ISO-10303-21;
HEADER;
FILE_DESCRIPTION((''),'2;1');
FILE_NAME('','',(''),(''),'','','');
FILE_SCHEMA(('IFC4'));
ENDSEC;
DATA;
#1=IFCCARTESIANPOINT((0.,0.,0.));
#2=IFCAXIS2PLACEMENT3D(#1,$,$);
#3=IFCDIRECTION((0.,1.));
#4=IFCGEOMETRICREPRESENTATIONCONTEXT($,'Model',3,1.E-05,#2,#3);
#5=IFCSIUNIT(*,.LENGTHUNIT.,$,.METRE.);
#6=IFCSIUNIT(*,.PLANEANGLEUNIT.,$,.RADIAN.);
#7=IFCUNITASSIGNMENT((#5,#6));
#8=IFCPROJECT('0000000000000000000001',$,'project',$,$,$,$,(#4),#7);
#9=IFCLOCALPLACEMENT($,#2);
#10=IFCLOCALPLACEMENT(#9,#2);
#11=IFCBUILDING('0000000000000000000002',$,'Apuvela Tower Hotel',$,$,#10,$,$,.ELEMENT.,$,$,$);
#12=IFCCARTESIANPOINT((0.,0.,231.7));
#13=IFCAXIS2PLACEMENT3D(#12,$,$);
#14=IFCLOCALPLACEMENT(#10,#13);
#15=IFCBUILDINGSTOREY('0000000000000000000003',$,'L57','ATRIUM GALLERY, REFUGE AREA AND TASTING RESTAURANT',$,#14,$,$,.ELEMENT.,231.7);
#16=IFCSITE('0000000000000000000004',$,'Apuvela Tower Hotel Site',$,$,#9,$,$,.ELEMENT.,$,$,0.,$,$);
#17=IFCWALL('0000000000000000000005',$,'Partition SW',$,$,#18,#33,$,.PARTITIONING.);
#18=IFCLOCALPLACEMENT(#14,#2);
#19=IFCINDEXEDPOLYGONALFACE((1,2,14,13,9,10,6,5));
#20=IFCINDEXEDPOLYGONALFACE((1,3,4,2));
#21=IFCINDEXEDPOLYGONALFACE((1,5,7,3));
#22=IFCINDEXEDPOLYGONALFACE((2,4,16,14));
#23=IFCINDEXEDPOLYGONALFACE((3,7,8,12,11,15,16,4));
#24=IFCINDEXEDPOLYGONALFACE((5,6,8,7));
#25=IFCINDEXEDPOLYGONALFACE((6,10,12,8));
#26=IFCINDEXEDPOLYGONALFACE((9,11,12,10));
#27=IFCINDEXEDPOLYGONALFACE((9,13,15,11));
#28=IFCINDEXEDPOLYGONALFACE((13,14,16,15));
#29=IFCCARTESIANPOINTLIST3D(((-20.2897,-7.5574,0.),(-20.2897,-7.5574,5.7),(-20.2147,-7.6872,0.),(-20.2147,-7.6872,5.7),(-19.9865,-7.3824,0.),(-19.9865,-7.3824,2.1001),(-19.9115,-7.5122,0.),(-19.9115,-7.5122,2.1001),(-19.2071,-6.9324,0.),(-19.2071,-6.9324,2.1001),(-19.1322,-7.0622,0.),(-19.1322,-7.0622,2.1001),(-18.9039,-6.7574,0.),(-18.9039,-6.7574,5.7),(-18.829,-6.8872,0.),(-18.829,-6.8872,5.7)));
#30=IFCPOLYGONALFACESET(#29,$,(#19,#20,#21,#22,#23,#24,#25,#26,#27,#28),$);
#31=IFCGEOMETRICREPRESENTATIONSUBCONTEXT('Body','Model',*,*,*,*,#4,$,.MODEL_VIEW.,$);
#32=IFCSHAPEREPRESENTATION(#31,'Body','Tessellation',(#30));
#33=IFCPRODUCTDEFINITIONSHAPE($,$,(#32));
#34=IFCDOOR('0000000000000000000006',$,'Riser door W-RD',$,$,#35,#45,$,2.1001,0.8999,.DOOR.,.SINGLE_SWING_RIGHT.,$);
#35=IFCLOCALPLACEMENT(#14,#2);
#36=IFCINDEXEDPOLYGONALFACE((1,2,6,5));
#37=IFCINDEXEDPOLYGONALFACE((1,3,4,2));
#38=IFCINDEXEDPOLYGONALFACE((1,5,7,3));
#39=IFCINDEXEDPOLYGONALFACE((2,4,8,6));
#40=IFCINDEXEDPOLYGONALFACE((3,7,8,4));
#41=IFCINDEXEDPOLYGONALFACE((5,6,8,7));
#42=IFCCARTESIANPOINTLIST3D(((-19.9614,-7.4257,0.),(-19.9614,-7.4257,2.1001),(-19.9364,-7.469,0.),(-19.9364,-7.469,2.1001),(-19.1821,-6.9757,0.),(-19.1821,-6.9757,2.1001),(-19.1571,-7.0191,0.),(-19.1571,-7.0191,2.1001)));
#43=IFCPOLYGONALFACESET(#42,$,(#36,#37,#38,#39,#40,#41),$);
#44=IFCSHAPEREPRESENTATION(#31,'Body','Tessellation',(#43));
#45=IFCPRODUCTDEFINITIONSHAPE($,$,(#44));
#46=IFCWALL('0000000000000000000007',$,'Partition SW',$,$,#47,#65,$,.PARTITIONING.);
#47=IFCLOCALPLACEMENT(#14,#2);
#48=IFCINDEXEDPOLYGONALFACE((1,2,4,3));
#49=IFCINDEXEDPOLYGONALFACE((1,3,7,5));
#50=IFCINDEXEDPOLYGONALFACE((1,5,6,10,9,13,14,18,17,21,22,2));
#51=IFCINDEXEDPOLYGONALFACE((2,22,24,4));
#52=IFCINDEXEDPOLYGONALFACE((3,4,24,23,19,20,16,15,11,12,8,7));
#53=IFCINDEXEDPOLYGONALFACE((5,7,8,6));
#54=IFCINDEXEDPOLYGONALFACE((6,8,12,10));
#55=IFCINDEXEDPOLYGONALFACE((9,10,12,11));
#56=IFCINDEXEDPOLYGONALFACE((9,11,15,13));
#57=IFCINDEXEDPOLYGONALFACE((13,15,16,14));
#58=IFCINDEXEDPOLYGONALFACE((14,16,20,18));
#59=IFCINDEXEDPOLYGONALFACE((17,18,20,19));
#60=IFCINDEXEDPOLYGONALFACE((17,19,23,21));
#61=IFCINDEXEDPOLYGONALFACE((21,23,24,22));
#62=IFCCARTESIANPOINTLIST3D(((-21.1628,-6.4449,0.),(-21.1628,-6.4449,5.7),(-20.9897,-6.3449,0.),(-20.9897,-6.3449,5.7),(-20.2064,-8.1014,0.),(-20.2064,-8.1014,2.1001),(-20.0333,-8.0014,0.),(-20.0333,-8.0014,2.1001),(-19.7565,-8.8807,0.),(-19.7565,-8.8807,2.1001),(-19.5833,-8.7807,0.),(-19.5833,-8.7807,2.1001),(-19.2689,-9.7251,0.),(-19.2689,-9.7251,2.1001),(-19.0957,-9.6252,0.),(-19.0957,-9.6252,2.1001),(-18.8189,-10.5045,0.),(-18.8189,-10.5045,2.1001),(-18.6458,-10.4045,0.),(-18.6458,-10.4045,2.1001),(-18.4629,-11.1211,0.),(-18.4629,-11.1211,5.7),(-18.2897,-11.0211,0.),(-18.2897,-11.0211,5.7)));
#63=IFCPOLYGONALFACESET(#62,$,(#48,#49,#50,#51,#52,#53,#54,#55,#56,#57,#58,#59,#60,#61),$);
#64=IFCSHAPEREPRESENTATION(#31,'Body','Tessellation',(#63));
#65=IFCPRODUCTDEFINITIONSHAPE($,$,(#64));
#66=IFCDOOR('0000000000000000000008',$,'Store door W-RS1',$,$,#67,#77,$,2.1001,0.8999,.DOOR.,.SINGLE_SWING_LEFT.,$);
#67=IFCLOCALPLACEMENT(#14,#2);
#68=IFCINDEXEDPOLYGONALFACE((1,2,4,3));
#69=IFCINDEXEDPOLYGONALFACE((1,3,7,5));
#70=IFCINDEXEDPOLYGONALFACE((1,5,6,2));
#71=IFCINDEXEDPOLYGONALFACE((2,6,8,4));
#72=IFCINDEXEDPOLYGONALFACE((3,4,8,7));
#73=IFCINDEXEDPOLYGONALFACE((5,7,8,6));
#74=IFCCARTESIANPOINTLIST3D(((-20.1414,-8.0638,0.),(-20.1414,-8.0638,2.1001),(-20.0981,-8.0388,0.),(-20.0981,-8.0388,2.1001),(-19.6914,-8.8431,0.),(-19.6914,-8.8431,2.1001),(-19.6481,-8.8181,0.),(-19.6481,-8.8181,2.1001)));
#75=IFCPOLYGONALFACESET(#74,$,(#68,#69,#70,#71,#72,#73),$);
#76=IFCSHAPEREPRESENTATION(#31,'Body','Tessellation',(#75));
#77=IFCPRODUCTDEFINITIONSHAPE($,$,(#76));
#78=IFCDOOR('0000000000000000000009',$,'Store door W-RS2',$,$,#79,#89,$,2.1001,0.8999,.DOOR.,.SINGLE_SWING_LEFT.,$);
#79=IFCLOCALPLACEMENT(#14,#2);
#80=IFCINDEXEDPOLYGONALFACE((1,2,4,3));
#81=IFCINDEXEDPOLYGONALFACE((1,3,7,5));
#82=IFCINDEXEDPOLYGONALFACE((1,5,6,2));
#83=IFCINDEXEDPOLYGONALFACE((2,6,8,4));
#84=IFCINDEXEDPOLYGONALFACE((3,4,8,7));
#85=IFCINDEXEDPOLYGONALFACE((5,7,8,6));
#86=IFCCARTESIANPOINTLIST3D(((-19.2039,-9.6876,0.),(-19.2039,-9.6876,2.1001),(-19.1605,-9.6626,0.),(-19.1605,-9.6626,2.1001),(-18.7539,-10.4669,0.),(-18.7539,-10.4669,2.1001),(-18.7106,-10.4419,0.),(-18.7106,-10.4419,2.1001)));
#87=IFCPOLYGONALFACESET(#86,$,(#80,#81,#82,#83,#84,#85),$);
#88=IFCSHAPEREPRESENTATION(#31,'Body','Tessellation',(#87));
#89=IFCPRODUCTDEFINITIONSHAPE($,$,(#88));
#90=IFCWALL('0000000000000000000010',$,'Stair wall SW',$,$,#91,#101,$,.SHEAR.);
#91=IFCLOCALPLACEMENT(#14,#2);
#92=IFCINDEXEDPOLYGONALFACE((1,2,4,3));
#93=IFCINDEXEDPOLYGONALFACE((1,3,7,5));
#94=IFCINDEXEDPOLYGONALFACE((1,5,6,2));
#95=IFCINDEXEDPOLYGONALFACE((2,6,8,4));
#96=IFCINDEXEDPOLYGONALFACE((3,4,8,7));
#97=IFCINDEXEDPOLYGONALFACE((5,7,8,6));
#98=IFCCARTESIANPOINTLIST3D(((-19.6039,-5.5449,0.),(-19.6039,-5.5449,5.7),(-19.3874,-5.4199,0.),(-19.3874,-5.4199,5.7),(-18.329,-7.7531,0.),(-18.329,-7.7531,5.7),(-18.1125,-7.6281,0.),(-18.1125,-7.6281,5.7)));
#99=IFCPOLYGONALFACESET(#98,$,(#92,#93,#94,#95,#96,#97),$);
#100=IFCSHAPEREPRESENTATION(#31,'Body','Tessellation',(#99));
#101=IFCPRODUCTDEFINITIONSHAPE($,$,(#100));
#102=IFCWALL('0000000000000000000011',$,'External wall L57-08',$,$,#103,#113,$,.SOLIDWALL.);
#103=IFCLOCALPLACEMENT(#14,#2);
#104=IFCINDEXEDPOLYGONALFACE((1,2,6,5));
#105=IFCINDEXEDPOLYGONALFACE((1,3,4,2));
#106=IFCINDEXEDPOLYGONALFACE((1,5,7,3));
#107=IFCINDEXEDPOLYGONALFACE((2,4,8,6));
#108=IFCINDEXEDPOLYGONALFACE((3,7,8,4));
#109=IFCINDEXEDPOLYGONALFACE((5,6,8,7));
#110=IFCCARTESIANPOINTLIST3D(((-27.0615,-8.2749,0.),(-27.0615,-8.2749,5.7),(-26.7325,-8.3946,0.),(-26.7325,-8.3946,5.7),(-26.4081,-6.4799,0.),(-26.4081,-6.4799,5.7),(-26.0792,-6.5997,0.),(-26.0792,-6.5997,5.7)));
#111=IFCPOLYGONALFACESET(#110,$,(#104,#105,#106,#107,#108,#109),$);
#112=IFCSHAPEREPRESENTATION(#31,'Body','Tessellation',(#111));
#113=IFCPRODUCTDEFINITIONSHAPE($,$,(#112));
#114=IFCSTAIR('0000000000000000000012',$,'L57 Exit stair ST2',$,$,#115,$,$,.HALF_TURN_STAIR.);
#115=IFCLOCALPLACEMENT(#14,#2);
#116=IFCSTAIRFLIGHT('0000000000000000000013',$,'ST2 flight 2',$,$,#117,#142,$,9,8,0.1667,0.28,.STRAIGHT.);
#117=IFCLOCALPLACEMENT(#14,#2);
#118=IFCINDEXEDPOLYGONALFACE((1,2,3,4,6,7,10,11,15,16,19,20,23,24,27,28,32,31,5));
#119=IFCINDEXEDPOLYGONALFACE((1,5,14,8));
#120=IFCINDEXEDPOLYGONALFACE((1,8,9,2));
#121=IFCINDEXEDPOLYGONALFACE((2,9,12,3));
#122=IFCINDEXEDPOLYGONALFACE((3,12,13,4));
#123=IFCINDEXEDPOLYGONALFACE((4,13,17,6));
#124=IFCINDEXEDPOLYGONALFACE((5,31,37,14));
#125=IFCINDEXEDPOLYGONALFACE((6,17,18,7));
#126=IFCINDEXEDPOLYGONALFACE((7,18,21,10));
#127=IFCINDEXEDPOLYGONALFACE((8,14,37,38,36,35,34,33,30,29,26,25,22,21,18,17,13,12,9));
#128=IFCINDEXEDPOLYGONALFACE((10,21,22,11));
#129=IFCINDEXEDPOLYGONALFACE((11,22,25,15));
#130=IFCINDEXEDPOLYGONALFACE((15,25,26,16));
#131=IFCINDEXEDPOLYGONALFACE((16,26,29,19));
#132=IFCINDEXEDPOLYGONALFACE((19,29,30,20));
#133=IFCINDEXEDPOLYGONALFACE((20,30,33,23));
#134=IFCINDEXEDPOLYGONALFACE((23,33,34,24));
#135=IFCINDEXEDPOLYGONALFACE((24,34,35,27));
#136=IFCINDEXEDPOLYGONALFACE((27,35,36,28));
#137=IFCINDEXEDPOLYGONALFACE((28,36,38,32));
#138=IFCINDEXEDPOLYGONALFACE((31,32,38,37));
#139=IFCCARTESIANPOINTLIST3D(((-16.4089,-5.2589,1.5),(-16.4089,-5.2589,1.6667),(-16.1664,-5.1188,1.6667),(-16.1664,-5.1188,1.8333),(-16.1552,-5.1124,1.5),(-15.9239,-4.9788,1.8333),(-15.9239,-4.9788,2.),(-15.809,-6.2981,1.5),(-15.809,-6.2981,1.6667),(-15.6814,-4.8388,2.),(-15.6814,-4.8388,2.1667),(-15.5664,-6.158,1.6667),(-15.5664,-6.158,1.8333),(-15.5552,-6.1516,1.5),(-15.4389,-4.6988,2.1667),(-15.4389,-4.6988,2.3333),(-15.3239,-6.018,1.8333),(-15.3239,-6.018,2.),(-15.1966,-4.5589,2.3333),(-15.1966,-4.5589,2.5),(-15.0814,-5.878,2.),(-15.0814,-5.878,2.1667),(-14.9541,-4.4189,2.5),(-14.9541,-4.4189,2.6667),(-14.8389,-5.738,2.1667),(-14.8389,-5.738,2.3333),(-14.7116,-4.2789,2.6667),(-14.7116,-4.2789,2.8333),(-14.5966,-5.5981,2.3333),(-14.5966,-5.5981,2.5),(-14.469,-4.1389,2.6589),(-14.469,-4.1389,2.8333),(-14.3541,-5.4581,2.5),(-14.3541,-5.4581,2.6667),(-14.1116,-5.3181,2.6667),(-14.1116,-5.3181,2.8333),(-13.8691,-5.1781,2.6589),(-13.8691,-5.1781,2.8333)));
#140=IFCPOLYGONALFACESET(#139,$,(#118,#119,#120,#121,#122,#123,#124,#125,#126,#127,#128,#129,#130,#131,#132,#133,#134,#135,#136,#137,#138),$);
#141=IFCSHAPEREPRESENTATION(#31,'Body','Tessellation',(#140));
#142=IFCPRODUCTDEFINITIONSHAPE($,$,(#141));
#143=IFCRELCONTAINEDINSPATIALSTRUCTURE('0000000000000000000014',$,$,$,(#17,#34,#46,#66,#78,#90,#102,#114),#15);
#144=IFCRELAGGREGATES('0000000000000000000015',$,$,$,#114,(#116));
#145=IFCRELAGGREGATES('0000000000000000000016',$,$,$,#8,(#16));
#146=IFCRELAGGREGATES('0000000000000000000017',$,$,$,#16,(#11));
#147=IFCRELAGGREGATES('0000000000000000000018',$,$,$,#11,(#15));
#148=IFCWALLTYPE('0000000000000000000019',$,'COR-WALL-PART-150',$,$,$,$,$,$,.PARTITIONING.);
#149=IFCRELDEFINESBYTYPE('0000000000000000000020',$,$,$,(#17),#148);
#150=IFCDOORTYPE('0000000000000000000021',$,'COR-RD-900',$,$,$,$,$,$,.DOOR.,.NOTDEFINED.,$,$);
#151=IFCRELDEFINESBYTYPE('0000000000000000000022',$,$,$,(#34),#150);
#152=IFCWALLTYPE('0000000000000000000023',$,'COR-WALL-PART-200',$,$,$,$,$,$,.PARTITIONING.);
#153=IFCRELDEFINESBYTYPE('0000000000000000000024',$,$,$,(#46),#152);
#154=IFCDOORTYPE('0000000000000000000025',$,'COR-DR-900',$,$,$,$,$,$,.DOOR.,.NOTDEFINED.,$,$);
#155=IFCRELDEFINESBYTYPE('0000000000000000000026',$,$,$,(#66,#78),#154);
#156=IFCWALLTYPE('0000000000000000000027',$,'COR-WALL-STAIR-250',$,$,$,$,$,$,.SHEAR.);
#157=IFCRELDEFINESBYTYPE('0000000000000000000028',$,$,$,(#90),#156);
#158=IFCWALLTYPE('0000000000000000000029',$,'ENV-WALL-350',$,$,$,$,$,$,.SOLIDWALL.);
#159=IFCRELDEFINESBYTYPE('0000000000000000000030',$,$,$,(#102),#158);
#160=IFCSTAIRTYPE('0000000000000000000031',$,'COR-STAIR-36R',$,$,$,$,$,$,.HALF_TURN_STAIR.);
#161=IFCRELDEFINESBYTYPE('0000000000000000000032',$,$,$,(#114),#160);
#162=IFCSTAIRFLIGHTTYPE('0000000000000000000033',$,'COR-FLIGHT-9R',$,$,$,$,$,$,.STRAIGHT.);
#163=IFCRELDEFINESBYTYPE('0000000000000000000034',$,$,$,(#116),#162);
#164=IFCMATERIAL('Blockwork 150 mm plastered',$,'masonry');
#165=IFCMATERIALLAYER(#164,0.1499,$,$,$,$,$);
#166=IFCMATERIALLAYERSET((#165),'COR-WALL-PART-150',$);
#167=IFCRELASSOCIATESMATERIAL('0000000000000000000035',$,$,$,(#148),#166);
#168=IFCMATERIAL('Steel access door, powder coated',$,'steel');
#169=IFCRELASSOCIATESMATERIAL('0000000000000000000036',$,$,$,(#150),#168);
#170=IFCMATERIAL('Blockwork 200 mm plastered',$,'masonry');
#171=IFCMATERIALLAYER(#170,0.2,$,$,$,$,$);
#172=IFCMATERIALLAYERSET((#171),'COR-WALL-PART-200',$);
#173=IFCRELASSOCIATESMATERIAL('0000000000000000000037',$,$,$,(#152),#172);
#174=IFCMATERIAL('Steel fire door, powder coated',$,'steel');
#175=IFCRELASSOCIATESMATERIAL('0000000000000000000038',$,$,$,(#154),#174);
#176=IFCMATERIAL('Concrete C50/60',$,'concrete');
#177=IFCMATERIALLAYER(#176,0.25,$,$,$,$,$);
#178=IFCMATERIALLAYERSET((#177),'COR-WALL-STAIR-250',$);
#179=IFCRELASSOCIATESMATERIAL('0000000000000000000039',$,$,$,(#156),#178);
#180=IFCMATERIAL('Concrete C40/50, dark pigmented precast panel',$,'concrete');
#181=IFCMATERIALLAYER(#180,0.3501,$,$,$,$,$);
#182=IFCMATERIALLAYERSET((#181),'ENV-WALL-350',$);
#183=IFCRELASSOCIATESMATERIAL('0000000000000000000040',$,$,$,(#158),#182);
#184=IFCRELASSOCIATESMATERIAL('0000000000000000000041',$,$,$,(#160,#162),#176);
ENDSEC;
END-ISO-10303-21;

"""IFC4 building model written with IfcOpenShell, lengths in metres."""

from ifc_helpers import new_model, si_unit, direction, frame, frame_2d, origin, place, context, subcontext, project, spatial, polyline, rectangle, outline, extrude, material, layer, layer_set, type_object, element, fill, aggregate, save


model = new_model("IFC4")

# Units and contexts
model_context = context("Model", 3, precision=1e-05, world=origin(), true_north=direction((0.0, 1.0)))
body_context = subcontext(model_context, "Body", "Model", "MODEL_VIEW")
ifc_project = project(units=[si_unit("LENGTHUNIT", "METRE"), si_unit("PLANEANGLEUNIT", "RADIAN")], contexts=[model_context])

# Site, building, storey
site_placement = place(None, origin())
site = spatial("IfcSite", under=ifc_project, at=site_placement, Name="Apuvela Tower Hotel Site", CompositionType="ELEMENT", RefElevation=0.0)
building_placement = place(site_placement, origin())
building = spatial("IfcBuilding", under=site, at=building_placement, Name="Apuvela Tower Hotel", CompositionType="ELEMENT")
storey_placement = place(building_placement, frame((0.0, 0.0, 231.7)))
storey = spatial("IfcBuildingStorey", under=building, at=storey_placement, Name="L57", Description="ATRIUM GALLERY, REFUGE AREA AND TASTING RESTAURANT", CompositionType="ELEMENT", Elevation=231.7)

# Shared definitions
ifc_material_1 = material(Name="Concrete C50/60", Category="concrete")

# Wall, opening, door
ifc_material_2 = material(Name="Blockwork 150 mm plastered", Category="masonry")
ifc_layer_1 = layer(ifc_material_2, 0.1499)
ifc_layer_set_1 = layer_set([ifc_layer_1], Name="COR-WALL-PART-150")
wall_type_1 = type_object("IfcWallType", Name="COR-WALL-PART-150", PredefinedType="PARTITIONING", material=ifc_layer_set_1)
wall_1_placement = place(storey_placement, frame((-18.8665, -6.8223, 0.0), z_axis=(0.0, 0.0, 1.0), x_axis=(-0.866028, -0.499995, 0.0)))
wall_1 = element("IfcWall", 1, at=wall_1_placement, inside=storey, type_object=wall_type_1, Name="Partition SW", PredefinedType="PARTITIONING", context=body_context, shape_type="SweptSolid", body=[
    extrude(rectangle(XDim=1.6001, YDim=0.1499, at=frame_2d((0.8, 0.0))), origin(), (0.0, 0.0, 1.0), 5.7),
])
opening_1_placement = place(wall_1_placement, frame((0.3501, 0.0, 0.0)))
opening_1 = element("IfcOpeningElement", 2, at=opening_1_placement, cuts=wall_1, PredefinedType="OPENING", context=body_context, shape_type="SweptSolid", body=[
    extrude(rectangle(XDim=0.8999, YDim=2.1001, at=frame_2d((0.45, 1.05))), frame((0.0, 0.085, 0.0), z_axis=(0.0, -1.0, 0.0), x_axis=(1.0, 0.0, 0.0)), (0.0, 0.0, 1.0), 0.1699),
])
ifc_material_3 = material(Name="Steel access door, powder coated", Category="steel")
door_type_1 = type_object("IfcDoorType", Name="COR-RD-900", OperationType="NOTDEFINED", PredefinedType="DOOR", material=ifc_material_3)
door_1_placement = place(opening_1_placement, frame((0.8999, 0.0, 0.0), z_axis=(0.0, 0.0, 1.0), x_axis=(-1.0, 0.0, 0.0)))
door_1 = element("IfcDoor", 3, at=door_1_placement, inside=storey, type_object=door_type_1, Name="Riser door W-RD", OperationType="SINGLE_SWING_RIGHT", OverallHeight=2.1001, OverallWidth=0.8999, PredefinedType="DOOR", context=body_context, shape_type="SweptSolid", body=[
    extrude(rectangle(XDim=0.8999, YDim=2.1001, at=frame_2d((0.45, 1.05))), frame((0.0, 0.0249, 0.0), z_axis=(0.0, -1.0, 0.0), x_axis=(1.0, 0.0, 0.0)), (0.0, 0.0, 1.0), 0.05),
])
fill(opening_1, door_1)

# Wall, openings, doors
ifc_material_4 = material(Name="Blockwork 200 mm plastered", Category="masonry")
ifc_layer_2 = layer(ifc_material_4, 0.2)
ifc_layer_set_2 = layer_set([ifc_layer_2], Name="COR-WALL-PART-200")
wall_type_2 = type_object("IfcWallType", Name="COR-WALL-PART-200", PredefinedType="PARTITIONING", material=ifc_layer_set_2)
wall_2_placement = place(storey_placement, frame((-21.0762, -6.395, 0.0), z_axis=(0.0, 0.0, 1.0), x_axis=(0.500015, -0.866017, 0.0)))
wall_2 = element("IfcWall", 4, at=wall_2_placement, inside=storey, type_object=wall_type_2, Name="Partition SW", PredefinedType="PARTITIONING", context=body_context, shape_type="SweptSolid", body=[
    extrude(rectangle(XDim=5.3997, YDim=0.2, at=frame_2d((2.6997, 0.0))), origin(), (0.0, 0.0, 1.0), 5.7),
])
opening_2_placement = place(wall_2_placement, frame((1.9126, 0.0, 0.0)))
opening_2 = element("IfcOpeningElement", 5, at=opening_2_placement, cuts=wall_2, PredefinedType="OPENING", context=body_context, shape_type="SweptSolid", body=[
    extrude(rectangle(XDim=0.8999, YDim=2.1001, at=frame_2d((0.45, 1.05))), frame((0.0, 0.1099, 0.0), z_axis=(0.0, -1.0, 0.0), x_axis=(1.0, 0.0, 0.0)), (0.0, 0.0, 1.0), 0.22),
])
opening_3_placement = place(wall_2_placement, frame((3.7876, 0.0, 0.0)))
opening_3 = element("IfcOpeningElement", 6, at=opening_3_placement, cuts=wall_2, PredefinedType="OPENING", context=body_context, shape_type="SweptSolid", body=[
    extrude(rectangle(XDim=0.8999, YDim=2.1001, at=frame_2d((0.45, 1.05))), frame((0.0, 0.1099, 0.0), z_axis=(0.0, -1.0, 0.0), x_axis=(1.0, 0.0, 0.0)), (0.0, 0.0, 1.0), 0.22),
])
ifc_material_5 = material(Name="Steel fire door, powder coated", Category="steel")
door_type_2 = type_object("IfcDoorType", Name="COR-DR-900", OperationType="NOTDEFINED", PredefinedType="DOOR", material=ifc_material_5)
door_2_placement = place(opening_2_placement, frame((0.8999, 0.0, 0.0), z_axis=(0.0, 0.0, 1.0), x_axis=(-1.0, 0.0, 0.0)))
door_2 = element("IfcDoor", 7, at=door_2_placement, inside=storey, type_object=door_type_2, Name="Store door W-RS1", OperationType="SINGLE_SWING_LEFT", OverallHeight=2.1001, OverallWidth=0.8999, PredefinedType="DOOR", context=body_context, shape_type="SweptSolid", body=[
    extrude(rectangle(XDim=0.8999, YDim=2.1001, at=frame_2d((0.45, 1.05))), frame((0.0, 0.0249, 0.0), z_axis=(0.0, -1.0, 0.0), x_axis=(1.0, 0.0, 0.0)), (0.0, 0.0, 1.0), 0.05),
])
fill(opening_2, door_2)
door_3_placement = place(opening_3_placement, frame((0.8999, 0.0, 0.0), z_axis=(0.0, 0.0, 1.0), x_axis=(-1.0, 0.0, 0.0)))
door_3 = element("IfcDoor", 8, at=door_3_placement, inside=storey, type_object=door_type_2, Name="Store door W-RS2", OperationType="SINGLE_SWING_LEFT", OverallHeight=2.1001, OverallWidth=0.8999, PredefinedType="DOOR", context=body_context, shape_type="SweptSolid", body=[
    extrude(rectangle(XDim=0.8999, YDim=2.1001, at=frame_2d((0.45, 1.05))), frame((0.0, 0.0249, 0.0), z_axis=(0.0, -1.0, 0.0), x_axis=(1.0, 0.0, 0.0)), (0.0, 0.0, 1.0), 0.05),
])
fill(opening_3, door_3)

# Walls
ifc_layer_3 = layer(ifc_material_1, 0.25)
ifc_layer_set_3 = layer_set([ifc_layer_3], Name="COR-WALL-STAIR-250")
wall_type_3 = type_object("IfcWallType", Name="COR-WALL-STAIR-250", PredefinedType="SHEAR", material=ifc_layer_set_3)
wall_3_placement = place(storey_placement, frame((-19.4956, -5.4824, 0.0), z_axis=(0.0, 0.0, 1.0), x_axis=(0.49999, -0.866031, 0.0)))
element("IfcWall", 9, at=wall_3_placement, inside=storey, type_object=wall_type_3, Name="Stair wall SW", PredefinedType="SHEAR", context=body_context, shape_type="SweptSolid", body=[
    extrude(rectangle(XDim=2.5498, YDim=0.25, at=frame_2d((1.2749, 0.0))), origin(), (0.0, 0.0, 1.0), 5.7),
])
ifc_material_6 = material(Name="Concrete C40/50, dark pigmented precast panel", Category="concrete")
ifc_layer_4 = layer(ifc_material_6, 0.3501)
ifc_layer_set_4 = layer_set([ifc_layer_4], Name="ENV-WALL-350")
wall_type_4 = type_object("IfcWallType", Name="ENV-WALL-350", PredefinedType="SOLIDWALL", material=ifc_layer_set_4)
wall_4_placement = place(storey_placement, frame((-26.2437, -6.5398, 0.0), z_axis=(0.0, 0.0, 1.0), x_axis=(-0.34203, -0.939689, 0.0)))
element("IfcWall", 10, at=wall_4_placement, inside=storey, type_object=wall_type_4, Name="External wall L57-08", PredefinedType="SOLIDWALL", context=body_context, shape_type="SweptSolid", body=[
    extrude(rectangle(XDim=1.9102, YDim=0.3501, at=frame_2d((0.9551, 0.0))), origin(), (0.0, 0.0, 1.0), 5.7),
])

# Stair, stair flight
stair_type = type_object("IfcStairType", Name="COR-STAIR-36R", PredefinedType="HALF_TURN_STAIR", material=ifc_material_1)
stair_placement = place(storey_placement, origin())
stair = element("IfcStair", 11, at=stair_placement, inside=storey, type_object=stair_type, Name="L57 Exit stair ST2", PredefinedType="HALF_TURN_STAIR")
stair_flight_type = type_object("IfcStairFlightType", Name="COR-FLIGHT-9R", PredefinedType="STRAIGHT", material=ifc_material_1)
stair_flight_1_placement = place(storey_placement, frame((-16.1089, -5.7786, 1.5), z_axis=(0.0, 0.0, 1.0), x_axis=(0.866025, 0.5, 0.0)))
stair_flight_1 = element("IfcStairFlight", 12, at=stair_flight_1_placement, type_object=stair_flight_type, Name="ST2 flight 2", NumberOfRisers=9, NumberOfTreads=8, PredefinedType="STRAIGHT", RiserHeight=0.1667, TreadLength=0.28, context=body_context, shape_type="SweptSolid", body=[
    extrude(outline(polyline([(0.0, 0.0), (0.0, 0.1667), (0.28, 0.1667), (0.28, 0.3333), (0.5601, 0.3333), (0.5601, 0.5), (0.8401, 0.5), (0.8401, 0.6667), (1.1201, 0.6667), (1.1201, 0.8333), (1.3999, 0.8333), (1.3999, 1.0), (1.6799, 1.0), (1.6799, 1.1667), (1.96, 1.1667), (1.96, 1.3333), (2.24, 1.3333), (2.24, 1.5), (2.24, 1.1589), (0.293, 0.0), (0.0, 0.0)])), frame((0.0, 0.6001, 0.0), z_axis=(0.0, -1.0, 0.0), x_axis=(1.0, 0.0, 0.0)), (0.0, 0.0, 1.0), 1.2),
])
aggregate(stair, [stair_flight_1])

save(model, "model.ifc")
